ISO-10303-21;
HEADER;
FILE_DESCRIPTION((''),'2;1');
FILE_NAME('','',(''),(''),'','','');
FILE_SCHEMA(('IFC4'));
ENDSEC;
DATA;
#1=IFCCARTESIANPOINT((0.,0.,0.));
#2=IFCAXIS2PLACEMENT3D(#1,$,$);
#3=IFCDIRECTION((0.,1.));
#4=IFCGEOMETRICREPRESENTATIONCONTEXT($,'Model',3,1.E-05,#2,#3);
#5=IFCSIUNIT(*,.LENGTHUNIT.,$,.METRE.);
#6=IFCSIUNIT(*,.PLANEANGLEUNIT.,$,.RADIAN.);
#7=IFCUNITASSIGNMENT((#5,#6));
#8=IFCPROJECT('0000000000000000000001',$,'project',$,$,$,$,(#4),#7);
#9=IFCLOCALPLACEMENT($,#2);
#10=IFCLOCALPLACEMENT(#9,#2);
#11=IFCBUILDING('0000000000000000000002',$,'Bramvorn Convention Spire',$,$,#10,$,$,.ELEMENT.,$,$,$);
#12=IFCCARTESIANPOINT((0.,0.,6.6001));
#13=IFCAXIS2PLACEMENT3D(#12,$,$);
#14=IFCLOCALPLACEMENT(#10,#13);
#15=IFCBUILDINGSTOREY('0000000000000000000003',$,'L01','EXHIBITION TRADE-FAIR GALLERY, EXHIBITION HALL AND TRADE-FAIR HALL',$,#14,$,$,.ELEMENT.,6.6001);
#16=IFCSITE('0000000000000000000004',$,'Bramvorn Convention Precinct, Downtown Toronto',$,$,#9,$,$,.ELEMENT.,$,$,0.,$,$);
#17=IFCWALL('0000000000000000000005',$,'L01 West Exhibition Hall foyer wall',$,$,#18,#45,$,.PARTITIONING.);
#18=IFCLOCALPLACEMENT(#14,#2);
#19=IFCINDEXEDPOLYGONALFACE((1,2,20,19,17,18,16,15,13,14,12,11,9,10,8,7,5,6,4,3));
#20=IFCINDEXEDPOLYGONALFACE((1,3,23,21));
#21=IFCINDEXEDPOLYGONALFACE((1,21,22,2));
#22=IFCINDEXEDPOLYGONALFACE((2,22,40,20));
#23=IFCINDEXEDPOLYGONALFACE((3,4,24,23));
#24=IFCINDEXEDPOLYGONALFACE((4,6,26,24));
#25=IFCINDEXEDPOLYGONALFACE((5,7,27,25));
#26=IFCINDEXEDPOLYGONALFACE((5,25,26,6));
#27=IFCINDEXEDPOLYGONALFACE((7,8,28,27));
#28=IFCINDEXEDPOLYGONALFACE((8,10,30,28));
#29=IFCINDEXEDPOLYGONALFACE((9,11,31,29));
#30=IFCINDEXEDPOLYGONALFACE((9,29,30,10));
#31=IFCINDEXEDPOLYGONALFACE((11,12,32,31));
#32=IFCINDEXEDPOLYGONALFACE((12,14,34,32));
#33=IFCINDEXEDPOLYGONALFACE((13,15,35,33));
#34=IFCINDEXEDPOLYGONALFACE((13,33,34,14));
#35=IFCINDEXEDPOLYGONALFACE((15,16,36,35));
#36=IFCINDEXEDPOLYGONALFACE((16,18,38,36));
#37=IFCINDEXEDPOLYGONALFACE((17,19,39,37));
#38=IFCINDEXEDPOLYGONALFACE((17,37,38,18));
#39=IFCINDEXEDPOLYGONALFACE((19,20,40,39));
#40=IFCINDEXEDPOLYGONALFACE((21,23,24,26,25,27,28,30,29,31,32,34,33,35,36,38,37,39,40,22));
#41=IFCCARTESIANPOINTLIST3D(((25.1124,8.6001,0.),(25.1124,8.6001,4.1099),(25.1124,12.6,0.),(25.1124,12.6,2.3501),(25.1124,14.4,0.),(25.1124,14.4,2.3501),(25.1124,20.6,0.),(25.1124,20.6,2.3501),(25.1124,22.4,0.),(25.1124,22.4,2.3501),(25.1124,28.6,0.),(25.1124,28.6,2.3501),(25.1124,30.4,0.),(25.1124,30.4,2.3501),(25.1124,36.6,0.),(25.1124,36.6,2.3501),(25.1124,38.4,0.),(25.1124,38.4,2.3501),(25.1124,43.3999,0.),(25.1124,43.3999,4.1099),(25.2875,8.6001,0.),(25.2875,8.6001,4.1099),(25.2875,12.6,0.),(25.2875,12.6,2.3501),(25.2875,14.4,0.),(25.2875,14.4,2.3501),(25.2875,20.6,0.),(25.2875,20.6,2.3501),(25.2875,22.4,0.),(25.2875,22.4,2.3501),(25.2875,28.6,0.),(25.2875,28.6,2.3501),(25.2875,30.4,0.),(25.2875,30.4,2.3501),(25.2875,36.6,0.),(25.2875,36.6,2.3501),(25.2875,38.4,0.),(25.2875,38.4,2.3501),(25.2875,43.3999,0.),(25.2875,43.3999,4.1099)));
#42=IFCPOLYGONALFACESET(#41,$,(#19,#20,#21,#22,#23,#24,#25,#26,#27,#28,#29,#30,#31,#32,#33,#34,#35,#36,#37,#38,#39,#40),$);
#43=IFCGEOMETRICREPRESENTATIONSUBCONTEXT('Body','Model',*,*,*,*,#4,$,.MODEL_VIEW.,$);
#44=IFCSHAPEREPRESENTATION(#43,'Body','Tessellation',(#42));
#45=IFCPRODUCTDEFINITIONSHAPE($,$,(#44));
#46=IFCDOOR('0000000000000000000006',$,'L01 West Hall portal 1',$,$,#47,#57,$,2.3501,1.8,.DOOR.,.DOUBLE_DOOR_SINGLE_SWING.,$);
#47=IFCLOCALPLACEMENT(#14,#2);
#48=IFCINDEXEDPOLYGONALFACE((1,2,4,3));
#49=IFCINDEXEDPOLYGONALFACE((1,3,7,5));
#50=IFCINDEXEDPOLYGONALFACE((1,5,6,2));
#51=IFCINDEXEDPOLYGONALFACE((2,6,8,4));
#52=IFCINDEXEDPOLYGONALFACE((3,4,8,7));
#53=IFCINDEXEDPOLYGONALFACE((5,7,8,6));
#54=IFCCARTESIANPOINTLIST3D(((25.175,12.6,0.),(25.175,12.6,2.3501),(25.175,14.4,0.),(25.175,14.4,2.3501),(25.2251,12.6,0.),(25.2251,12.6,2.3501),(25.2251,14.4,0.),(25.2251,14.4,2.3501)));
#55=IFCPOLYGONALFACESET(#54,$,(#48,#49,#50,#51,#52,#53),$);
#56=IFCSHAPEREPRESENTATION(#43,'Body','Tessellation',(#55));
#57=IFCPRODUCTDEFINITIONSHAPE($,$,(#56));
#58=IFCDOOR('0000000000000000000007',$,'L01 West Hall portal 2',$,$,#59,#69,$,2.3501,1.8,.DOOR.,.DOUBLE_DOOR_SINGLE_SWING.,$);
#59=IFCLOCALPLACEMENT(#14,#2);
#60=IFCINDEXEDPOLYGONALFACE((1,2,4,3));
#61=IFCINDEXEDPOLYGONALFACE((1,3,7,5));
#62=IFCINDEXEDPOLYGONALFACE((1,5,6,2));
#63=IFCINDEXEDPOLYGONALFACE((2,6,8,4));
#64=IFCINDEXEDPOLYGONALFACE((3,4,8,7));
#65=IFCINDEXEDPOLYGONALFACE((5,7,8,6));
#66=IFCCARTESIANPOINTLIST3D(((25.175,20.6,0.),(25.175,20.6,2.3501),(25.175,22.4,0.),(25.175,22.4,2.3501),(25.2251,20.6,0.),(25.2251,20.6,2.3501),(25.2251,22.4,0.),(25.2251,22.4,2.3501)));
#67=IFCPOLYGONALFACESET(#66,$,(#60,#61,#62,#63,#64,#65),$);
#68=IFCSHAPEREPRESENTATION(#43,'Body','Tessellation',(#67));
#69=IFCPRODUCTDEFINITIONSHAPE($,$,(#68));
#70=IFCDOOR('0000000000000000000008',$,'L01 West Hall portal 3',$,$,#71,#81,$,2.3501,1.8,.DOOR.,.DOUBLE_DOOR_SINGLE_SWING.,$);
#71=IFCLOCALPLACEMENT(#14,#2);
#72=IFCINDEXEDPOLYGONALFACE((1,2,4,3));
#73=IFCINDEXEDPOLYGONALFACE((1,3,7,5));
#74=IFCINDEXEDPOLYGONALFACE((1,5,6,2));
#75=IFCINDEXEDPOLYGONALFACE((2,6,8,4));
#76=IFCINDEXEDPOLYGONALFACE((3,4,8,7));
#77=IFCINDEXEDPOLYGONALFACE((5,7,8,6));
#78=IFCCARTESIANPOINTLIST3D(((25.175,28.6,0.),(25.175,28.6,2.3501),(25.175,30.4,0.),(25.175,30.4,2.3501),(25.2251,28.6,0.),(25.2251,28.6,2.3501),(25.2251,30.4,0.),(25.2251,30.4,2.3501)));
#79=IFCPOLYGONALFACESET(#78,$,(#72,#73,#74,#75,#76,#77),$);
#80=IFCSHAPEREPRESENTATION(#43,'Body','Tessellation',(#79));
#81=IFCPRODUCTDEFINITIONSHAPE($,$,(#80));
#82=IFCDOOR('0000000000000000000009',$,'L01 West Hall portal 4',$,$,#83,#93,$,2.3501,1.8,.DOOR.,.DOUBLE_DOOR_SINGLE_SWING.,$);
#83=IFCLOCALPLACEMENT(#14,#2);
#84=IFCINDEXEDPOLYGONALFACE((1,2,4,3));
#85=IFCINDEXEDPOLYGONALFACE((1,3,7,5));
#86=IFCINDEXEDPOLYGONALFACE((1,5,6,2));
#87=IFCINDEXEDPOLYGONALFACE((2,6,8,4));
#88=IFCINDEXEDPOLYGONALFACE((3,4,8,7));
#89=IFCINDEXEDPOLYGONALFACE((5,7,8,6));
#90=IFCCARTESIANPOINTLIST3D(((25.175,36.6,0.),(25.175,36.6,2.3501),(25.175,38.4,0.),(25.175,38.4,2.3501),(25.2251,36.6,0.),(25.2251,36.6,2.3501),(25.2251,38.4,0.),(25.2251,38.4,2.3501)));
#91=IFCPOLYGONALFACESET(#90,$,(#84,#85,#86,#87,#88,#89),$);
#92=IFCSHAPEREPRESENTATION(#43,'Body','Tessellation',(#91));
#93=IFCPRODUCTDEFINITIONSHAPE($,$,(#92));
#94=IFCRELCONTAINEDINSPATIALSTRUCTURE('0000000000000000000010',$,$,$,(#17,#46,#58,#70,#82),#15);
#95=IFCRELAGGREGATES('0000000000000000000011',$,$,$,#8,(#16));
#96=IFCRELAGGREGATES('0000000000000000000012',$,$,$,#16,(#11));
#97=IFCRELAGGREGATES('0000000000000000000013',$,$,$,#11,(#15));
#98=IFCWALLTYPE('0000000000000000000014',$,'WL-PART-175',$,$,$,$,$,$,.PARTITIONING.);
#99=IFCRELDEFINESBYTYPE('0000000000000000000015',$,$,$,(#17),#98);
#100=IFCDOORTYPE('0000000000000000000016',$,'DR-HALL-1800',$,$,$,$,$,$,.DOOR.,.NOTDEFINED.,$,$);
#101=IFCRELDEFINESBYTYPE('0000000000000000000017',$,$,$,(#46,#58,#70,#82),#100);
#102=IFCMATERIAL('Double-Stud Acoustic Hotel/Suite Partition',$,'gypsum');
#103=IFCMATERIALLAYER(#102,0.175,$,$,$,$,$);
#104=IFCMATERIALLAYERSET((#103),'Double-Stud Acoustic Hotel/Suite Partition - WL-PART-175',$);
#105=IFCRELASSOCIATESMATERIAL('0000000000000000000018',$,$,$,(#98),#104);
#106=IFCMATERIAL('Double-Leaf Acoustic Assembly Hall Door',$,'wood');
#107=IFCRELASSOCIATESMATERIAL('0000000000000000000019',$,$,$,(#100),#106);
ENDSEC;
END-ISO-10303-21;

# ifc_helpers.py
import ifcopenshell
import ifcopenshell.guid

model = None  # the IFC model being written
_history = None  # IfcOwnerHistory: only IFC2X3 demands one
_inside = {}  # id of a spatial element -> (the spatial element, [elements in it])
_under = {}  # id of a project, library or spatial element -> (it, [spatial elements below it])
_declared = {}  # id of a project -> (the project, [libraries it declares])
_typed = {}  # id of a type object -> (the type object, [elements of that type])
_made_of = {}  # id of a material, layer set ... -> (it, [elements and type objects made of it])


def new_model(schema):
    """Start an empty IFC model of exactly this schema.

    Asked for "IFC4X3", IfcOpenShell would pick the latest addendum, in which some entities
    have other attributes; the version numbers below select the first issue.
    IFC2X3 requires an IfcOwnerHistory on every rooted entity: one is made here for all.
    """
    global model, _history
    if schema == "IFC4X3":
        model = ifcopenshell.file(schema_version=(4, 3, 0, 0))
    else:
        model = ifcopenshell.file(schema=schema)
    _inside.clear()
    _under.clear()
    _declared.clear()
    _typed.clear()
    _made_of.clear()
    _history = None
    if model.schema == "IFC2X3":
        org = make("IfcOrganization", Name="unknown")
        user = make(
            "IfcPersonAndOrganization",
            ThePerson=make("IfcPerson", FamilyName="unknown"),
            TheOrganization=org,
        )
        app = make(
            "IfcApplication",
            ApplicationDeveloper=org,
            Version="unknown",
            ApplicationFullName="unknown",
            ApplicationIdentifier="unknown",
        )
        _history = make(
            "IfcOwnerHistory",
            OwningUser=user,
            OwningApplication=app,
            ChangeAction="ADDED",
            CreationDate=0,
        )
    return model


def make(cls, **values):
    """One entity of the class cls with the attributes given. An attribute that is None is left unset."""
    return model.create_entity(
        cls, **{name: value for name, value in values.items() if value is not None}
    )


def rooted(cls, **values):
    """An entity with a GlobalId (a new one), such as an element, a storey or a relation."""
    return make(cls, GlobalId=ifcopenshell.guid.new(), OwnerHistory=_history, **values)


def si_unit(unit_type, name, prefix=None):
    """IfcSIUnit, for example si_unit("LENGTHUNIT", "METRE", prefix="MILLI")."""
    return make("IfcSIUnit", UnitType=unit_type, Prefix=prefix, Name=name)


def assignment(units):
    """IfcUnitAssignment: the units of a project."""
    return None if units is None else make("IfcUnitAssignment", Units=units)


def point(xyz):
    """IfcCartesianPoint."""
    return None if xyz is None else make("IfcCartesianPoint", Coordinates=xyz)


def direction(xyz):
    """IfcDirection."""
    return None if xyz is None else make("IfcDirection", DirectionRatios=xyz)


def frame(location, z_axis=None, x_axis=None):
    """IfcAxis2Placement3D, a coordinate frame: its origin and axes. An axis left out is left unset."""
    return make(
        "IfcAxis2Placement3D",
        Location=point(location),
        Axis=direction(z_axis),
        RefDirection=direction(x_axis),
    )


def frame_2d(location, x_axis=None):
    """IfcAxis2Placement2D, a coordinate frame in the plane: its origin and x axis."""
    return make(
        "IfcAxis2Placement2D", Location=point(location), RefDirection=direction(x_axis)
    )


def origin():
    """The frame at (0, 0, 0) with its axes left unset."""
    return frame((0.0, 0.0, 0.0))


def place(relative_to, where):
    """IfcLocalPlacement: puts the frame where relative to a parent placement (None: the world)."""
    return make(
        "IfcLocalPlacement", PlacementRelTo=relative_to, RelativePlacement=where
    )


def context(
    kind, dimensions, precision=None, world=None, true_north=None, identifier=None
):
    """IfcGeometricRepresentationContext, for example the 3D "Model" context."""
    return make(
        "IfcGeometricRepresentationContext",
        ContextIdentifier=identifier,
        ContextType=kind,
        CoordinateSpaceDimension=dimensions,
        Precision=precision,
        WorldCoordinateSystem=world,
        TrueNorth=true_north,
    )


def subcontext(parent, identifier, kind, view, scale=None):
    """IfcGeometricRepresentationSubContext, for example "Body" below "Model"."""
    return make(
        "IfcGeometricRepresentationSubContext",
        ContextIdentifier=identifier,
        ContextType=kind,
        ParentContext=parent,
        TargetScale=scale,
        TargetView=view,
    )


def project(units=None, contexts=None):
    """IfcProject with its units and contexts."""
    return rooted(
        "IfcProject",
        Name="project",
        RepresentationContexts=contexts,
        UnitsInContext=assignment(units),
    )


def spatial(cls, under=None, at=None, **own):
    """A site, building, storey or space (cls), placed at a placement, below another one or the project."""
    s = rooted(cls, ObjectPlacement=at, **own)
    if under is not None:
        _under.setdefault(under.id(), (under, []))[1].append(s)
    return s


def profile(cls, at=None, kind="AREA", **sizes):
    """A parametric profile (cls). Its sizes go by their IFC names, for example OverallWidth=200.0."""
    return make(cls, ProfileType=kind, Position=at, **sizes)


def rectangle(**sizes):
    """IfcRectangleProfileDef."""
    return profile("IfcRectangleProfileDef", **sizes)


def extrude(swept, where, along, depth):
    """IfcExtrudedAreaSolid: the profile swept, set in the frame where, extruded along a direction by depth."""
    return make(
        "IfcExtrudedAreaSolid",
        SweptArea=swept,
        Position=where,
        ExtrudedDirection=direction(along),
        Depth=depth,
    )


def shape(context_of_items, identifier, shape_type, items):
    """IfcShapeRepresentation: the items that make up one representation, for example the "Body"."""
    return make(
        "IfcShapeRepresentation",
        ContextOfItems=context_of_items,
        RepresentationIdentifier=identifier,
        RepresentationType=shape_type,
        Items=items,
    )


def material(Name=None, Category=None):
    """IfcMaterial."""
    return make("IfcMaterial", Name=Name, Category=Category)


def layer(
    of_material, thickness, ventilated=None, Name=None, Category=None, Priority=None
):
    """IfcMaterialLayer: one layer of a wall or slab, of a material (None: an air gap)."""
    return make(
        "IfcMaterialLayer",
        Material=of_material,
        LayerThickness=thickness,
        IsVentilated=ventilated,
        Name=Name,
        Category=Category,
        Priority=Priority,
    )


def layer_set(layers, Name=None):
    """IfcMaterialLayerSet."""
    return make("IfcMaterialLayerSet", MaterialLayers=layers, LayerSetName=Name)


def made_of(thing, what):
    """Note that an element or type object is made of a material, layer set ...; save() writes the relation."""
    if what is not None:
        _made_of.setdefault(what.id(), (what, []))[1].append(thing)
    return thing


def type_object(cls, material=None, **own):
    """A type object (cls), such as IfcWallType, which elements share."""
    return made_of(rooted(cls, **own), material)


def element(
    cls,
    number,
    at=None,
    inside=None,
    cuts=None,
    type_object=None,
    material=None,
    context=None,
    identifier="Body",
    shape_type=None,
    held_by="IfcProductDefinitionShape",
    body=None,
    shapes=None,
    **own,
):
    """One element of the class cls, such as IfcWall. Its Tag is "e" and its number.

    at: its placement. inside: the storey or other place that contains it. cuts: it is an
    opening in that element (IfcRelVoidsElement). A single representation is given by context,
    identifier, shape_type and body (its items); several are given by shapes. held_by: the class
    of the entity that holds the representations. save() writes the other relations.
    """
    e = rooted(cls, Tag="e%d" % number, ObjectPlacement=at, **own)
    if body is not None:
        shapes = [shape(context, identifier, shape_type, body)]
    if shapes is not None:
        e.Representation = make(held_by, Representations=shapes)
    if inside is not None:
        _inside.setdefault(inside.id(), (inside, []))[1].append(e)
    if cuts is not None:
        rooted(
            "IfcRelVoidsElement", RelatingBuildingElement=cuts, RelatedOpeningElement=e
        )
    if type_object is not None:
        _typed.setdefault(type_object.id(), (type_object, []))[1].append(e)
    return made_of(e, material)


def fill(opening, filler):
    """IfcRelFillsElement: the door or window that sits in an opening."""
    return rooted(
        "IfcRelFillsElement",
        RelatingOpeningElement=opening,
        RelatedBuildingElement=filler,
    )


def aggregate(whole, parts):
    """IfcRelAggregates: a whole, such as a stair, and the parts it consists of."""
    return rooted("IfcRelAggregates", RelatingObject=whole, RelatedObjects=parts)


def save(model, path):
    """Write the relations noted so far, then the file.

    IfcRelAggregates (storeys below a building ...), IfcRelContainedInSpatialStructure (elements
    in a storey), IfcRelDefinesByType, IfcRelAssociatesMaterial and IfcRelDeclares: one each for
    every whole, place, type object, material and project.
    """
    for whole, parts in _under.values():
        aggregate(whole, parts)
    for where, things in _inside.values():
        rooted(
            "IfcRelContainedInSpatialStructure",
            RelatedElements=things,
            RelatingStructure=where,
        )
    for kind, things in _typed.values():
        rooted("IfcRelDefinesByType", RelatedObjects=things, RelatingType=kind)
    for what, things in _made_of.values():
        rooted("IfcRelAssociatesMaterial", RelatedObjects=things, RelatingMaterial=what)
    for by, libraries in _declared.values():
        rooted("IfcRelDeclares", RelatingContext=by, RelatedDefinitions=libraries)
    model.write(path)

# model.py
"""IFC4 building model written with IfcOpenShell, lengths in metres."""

from ifc_helpers import new_model, si_unit, direction, frame, frame_2d, origin, place, context, subcontext, project, spatial, rectangle, extrude, material, layer, layer_set, type_object, element, fill, save


model = new_model("IFC4")

# Units and contexts
model_context = context("Model", 3, precision=1e-05, world=origin(), true_north=direction((0.0, 1.0)))
body_context = subcontext(model_context, "Body", "Model", "MODEL_VIEW")
ifc_project = project(units=[si_unit("LENGTHUNIT", "METRE"), si_unit("PLANEANGLEUNIT", "RADIAN")], contexts=[model_context])

# Site, building, storey
site_placement = place(None, origin())
site = spatial("IfcSite", under=ifc_project, at=site_placement, Name="Bramvorn Convention Precinct, Downtown Toronto", CompositionType="ELEMENT", RefElevation=0.0)
building_placement = place(site_placement, origin())
building = spatial("IfcBuilding", under=site, at=building_placement, Name="Bramvorn Convention Spire", CompositionType="ELEMENT")
storey_placement = place(building_placement, frame((0.0, 0.0, 6.6001)))
storey = spatial("IfcBuildingStorey", under=building, at=storey_placement, Name="L01", Description="EXHIBITION TRADE-FAIR GALLERY, EXHIBITION HALL AND TRADE-FAIR HALL", CompositionType="ELEMENT", Elevation=6.6001)

# Wall, openings, doors
ifc_material_1 = material(Name="Double-Stud Acoustic Hotel/Suite Partition", Category="gypsum")
ifc_layer_1 = layer(ifc_material_1, 0.175)
ifc_layer_set_1 = layer_set([ifc_layer_1], Name="Double-Stud Acoustic Hotel/Suite Partition - WL-PART-175")
wall_type_1 = type_object("IfcWallType", Name="WL-PART-175", PredefinedType="PARTITIONING", material=ifc_layer_set_1)
wall_1_placement = place(storey_placement, frame((25.2, 8.6001, 0.0), z_axis=(0.0, 0.0, 1.0), x_axis=(0.0, 1.0, 0.0)))
wall_1 = element("IfcWall", 1, at=wall_1_placement, inside=storey, type_object=wall_type_1, Name="L01 West Exhibition Hall foyer wall", PredefinedType="PARTITIONING", context=body_context, shape_type="SweptSolid", body=[
    extrude(rectangle(XDim=34.7998, YDim=0.175, at=frame_2d((17.3999, 0.0))), origin(), (0.0, 0.0, 1.0), 4.1099),
])
opening_1_placement = place(wall_1_placement, frame((4.0, 0.0, 0.0)))
opening_1 = element("IfcOpeningElement", 2, at=opening_1_placement, cuts=wall_1, PredefinedType="OPENING", context=body_context, shape_type="SweptSolid", body=[
    extrude(rectangle(XDim=1.8, YDim=2.3501, at=frame_2d((0.8999, 1.175))), frame((0.0, 0.0974, 0.0), z_axis=(0.0, -1.0, 0.0), x_axis=(1.0, 0.0, 0.0)), (0.0, 0.0, 1.0), 0.1951),
])
opening_2_placement = place(wall_1_placement, frame((12.0, 0.0, 0.0)))
opening_2 = element("IfcOpeningElement", 3, at=opening_2_placement, cuts=wall_1, PredefinedType="OPENING", context=body_context, shape_type="SweptSolid", body=[
    extrude(rectangle(XDim=1.8, YDim=2.3501, at=frame_2d((0.8999, 1.175))), frame((0.0, 0.0974, 0.0), z_axis=(0.0, -1.0, 0.0), x_axis=(1.0, 0.0, 0.0)), (0.0, 0.0, 1.0), 0.1951),
])
opening_3_placement = place(wall_1_placement, frame((20.0, 0.0, 0.0)))
opening_3 = element("IfcOpeningElement", 4, at=opening_3_placement, cuts=wall_1, PredefinedType="OPENING", context=body_context, shape_type="SweptSolid", body=[
    extrude(rectangle(XDim=1.8, YDim=2.3501, at=frame_2d((0.8999, 1.175))), frame((0.0, 0.0974, 0.0), z_axis=(0.0, -1.0, 0.0), x_axis=(1.0, 0.0, 0.0)), (0.0, 0.0, 1.0), 0.1951),
])
opening_4_placement = place(wall_1_placement, frame((28.0, 0.0, 0.0)))
opening_4 = element("IfcOpeningElement", 5, at=opening_4_placement, cuts=wall_1, PredefinedType="OPENING", context=body_context, shape_type="SweptSolid", body=[
    extrude(rectangle(XDim=1.8, YDim=2.3501, at=frame_2d((0.8999, 1.175))), frame((0.0, 0.0974, 0.0), z_axis=(0.0, -1.0, 0.0), x_axis=(1.0, 0.0, 0.0)), (0.0, 0.0, 1.0), 0.1951),
])
ifc_material_2 = material(Name="Double-Leaf Acoustic Assembly Hall Door", Category="wood")
door_type_1 = type_object("IfcDoorType", Name="DR-HALL-1800", OperationType="NOTDEFINED", PredefinedType="DOOR", material=ifc_material_2)
door_1_placement = place(opening_1_placement, origin())
door_1 = element("IfcDoor", 6, at=door_1_placement, inside=storey, type_object=door_type_1, Name="L01 West Hall portal 1", OperationType="DOUBLE_DOOR_SINGLE_SWING", OverallHeight=2.3501, OverallWidth=1.8, PredefinedType="DOOR", context=body_context, shape_type="SweptSolid", body=[
    extrude(rectangle(XDim=1.8, YDim=2.3501, at=frame_2d((0.8999, 1.175))), frame((0.0, 0.0249, 0.0), z_axis=(0.0, -1.0, 0.0), x_axis=(1.0, 0.0, 0.0)), (0.0, 0.0, 1.0), 0.05),
])
fill(opening_1, door_1)
door_2_placement = place(opening_2_placement, origin())
door_2 = element("IfcDoor", 7, at=door_2_placement, inside=storey, type_object=door_type_1, Name="L01 West Hall portal 2", OperationType="DOUBLE_DOOR_SINGLE_SWING", OverallHeight=2.3501, OverallWidth=1.8, PredefinedType="DOOR", context=body_context, shape_type="SweptSolid", body=[
    extrude(rectangle(XDim=1.8, YDim=2.3501, at=frame_2d((0.8999, 1.175))), frame((0.0, 0.0249, 0.0), z_axis=(0.0, -1.0, 0.0), x_axis=(1.0, 0.0, 0.0)), (0.0, 0.0, 1.0), 0.05),
])
fill(opening_2, door_2)
door_3_placement = place(opening_3_placement, origin())
door_3 = element("IfcDoor", 8, at=door_3_placement, inside=storey, type_object=door_type_1, Name="L01 West Hall portal 3", OperationType="DOUBLE_DOOR_SINGLE_SWING", OverallHeight=2.3501, OverallWidth=1.8, PredefinedType="DOOR", context=body_context, shape_type="SweptSolid", body=[
    extrude(rectangle(XDim=1.8, YDim=2.3501, at=frame_2d((0.8999, 1.175))), frame((0.0, 0.0249, 0.0), z_axis=(0.0, -1.0, 0.0), x_axis=(1.0, 0.0, 0.0)), (0.0, 0.0, 1.0), 0.05),
])
fill(opening_3, door_3)
door_4_placement = place(opening_4_placement, origin())
door_4 = element("IfcDoor", 9, at=door_4_placement, inside=storey, type_object=door_type_1, Name="L01 West Hall portal 4", OperationType="DOUBLE_DOOR_SINGLE_SWING", OverallHeight=2.3501, OverallWidth=1.8, PredefinedType="DOOR", context=body_context, shape_type="SweptSolid", body=[
    extrude(rectangle(XDim=1.8, YDim=2.3501, at=frame_2d((0.8999, 1.175))), frame((0.0, 0.0249, 0.0), z_axis=(0.0, -1.0, 0.0), x_axis=(1.0, 0.0, 0.0)), (0.0, 0.0, 1.0), 0.05),
])
fill(opening_4, door_4)

save(model, "model.ifc")
